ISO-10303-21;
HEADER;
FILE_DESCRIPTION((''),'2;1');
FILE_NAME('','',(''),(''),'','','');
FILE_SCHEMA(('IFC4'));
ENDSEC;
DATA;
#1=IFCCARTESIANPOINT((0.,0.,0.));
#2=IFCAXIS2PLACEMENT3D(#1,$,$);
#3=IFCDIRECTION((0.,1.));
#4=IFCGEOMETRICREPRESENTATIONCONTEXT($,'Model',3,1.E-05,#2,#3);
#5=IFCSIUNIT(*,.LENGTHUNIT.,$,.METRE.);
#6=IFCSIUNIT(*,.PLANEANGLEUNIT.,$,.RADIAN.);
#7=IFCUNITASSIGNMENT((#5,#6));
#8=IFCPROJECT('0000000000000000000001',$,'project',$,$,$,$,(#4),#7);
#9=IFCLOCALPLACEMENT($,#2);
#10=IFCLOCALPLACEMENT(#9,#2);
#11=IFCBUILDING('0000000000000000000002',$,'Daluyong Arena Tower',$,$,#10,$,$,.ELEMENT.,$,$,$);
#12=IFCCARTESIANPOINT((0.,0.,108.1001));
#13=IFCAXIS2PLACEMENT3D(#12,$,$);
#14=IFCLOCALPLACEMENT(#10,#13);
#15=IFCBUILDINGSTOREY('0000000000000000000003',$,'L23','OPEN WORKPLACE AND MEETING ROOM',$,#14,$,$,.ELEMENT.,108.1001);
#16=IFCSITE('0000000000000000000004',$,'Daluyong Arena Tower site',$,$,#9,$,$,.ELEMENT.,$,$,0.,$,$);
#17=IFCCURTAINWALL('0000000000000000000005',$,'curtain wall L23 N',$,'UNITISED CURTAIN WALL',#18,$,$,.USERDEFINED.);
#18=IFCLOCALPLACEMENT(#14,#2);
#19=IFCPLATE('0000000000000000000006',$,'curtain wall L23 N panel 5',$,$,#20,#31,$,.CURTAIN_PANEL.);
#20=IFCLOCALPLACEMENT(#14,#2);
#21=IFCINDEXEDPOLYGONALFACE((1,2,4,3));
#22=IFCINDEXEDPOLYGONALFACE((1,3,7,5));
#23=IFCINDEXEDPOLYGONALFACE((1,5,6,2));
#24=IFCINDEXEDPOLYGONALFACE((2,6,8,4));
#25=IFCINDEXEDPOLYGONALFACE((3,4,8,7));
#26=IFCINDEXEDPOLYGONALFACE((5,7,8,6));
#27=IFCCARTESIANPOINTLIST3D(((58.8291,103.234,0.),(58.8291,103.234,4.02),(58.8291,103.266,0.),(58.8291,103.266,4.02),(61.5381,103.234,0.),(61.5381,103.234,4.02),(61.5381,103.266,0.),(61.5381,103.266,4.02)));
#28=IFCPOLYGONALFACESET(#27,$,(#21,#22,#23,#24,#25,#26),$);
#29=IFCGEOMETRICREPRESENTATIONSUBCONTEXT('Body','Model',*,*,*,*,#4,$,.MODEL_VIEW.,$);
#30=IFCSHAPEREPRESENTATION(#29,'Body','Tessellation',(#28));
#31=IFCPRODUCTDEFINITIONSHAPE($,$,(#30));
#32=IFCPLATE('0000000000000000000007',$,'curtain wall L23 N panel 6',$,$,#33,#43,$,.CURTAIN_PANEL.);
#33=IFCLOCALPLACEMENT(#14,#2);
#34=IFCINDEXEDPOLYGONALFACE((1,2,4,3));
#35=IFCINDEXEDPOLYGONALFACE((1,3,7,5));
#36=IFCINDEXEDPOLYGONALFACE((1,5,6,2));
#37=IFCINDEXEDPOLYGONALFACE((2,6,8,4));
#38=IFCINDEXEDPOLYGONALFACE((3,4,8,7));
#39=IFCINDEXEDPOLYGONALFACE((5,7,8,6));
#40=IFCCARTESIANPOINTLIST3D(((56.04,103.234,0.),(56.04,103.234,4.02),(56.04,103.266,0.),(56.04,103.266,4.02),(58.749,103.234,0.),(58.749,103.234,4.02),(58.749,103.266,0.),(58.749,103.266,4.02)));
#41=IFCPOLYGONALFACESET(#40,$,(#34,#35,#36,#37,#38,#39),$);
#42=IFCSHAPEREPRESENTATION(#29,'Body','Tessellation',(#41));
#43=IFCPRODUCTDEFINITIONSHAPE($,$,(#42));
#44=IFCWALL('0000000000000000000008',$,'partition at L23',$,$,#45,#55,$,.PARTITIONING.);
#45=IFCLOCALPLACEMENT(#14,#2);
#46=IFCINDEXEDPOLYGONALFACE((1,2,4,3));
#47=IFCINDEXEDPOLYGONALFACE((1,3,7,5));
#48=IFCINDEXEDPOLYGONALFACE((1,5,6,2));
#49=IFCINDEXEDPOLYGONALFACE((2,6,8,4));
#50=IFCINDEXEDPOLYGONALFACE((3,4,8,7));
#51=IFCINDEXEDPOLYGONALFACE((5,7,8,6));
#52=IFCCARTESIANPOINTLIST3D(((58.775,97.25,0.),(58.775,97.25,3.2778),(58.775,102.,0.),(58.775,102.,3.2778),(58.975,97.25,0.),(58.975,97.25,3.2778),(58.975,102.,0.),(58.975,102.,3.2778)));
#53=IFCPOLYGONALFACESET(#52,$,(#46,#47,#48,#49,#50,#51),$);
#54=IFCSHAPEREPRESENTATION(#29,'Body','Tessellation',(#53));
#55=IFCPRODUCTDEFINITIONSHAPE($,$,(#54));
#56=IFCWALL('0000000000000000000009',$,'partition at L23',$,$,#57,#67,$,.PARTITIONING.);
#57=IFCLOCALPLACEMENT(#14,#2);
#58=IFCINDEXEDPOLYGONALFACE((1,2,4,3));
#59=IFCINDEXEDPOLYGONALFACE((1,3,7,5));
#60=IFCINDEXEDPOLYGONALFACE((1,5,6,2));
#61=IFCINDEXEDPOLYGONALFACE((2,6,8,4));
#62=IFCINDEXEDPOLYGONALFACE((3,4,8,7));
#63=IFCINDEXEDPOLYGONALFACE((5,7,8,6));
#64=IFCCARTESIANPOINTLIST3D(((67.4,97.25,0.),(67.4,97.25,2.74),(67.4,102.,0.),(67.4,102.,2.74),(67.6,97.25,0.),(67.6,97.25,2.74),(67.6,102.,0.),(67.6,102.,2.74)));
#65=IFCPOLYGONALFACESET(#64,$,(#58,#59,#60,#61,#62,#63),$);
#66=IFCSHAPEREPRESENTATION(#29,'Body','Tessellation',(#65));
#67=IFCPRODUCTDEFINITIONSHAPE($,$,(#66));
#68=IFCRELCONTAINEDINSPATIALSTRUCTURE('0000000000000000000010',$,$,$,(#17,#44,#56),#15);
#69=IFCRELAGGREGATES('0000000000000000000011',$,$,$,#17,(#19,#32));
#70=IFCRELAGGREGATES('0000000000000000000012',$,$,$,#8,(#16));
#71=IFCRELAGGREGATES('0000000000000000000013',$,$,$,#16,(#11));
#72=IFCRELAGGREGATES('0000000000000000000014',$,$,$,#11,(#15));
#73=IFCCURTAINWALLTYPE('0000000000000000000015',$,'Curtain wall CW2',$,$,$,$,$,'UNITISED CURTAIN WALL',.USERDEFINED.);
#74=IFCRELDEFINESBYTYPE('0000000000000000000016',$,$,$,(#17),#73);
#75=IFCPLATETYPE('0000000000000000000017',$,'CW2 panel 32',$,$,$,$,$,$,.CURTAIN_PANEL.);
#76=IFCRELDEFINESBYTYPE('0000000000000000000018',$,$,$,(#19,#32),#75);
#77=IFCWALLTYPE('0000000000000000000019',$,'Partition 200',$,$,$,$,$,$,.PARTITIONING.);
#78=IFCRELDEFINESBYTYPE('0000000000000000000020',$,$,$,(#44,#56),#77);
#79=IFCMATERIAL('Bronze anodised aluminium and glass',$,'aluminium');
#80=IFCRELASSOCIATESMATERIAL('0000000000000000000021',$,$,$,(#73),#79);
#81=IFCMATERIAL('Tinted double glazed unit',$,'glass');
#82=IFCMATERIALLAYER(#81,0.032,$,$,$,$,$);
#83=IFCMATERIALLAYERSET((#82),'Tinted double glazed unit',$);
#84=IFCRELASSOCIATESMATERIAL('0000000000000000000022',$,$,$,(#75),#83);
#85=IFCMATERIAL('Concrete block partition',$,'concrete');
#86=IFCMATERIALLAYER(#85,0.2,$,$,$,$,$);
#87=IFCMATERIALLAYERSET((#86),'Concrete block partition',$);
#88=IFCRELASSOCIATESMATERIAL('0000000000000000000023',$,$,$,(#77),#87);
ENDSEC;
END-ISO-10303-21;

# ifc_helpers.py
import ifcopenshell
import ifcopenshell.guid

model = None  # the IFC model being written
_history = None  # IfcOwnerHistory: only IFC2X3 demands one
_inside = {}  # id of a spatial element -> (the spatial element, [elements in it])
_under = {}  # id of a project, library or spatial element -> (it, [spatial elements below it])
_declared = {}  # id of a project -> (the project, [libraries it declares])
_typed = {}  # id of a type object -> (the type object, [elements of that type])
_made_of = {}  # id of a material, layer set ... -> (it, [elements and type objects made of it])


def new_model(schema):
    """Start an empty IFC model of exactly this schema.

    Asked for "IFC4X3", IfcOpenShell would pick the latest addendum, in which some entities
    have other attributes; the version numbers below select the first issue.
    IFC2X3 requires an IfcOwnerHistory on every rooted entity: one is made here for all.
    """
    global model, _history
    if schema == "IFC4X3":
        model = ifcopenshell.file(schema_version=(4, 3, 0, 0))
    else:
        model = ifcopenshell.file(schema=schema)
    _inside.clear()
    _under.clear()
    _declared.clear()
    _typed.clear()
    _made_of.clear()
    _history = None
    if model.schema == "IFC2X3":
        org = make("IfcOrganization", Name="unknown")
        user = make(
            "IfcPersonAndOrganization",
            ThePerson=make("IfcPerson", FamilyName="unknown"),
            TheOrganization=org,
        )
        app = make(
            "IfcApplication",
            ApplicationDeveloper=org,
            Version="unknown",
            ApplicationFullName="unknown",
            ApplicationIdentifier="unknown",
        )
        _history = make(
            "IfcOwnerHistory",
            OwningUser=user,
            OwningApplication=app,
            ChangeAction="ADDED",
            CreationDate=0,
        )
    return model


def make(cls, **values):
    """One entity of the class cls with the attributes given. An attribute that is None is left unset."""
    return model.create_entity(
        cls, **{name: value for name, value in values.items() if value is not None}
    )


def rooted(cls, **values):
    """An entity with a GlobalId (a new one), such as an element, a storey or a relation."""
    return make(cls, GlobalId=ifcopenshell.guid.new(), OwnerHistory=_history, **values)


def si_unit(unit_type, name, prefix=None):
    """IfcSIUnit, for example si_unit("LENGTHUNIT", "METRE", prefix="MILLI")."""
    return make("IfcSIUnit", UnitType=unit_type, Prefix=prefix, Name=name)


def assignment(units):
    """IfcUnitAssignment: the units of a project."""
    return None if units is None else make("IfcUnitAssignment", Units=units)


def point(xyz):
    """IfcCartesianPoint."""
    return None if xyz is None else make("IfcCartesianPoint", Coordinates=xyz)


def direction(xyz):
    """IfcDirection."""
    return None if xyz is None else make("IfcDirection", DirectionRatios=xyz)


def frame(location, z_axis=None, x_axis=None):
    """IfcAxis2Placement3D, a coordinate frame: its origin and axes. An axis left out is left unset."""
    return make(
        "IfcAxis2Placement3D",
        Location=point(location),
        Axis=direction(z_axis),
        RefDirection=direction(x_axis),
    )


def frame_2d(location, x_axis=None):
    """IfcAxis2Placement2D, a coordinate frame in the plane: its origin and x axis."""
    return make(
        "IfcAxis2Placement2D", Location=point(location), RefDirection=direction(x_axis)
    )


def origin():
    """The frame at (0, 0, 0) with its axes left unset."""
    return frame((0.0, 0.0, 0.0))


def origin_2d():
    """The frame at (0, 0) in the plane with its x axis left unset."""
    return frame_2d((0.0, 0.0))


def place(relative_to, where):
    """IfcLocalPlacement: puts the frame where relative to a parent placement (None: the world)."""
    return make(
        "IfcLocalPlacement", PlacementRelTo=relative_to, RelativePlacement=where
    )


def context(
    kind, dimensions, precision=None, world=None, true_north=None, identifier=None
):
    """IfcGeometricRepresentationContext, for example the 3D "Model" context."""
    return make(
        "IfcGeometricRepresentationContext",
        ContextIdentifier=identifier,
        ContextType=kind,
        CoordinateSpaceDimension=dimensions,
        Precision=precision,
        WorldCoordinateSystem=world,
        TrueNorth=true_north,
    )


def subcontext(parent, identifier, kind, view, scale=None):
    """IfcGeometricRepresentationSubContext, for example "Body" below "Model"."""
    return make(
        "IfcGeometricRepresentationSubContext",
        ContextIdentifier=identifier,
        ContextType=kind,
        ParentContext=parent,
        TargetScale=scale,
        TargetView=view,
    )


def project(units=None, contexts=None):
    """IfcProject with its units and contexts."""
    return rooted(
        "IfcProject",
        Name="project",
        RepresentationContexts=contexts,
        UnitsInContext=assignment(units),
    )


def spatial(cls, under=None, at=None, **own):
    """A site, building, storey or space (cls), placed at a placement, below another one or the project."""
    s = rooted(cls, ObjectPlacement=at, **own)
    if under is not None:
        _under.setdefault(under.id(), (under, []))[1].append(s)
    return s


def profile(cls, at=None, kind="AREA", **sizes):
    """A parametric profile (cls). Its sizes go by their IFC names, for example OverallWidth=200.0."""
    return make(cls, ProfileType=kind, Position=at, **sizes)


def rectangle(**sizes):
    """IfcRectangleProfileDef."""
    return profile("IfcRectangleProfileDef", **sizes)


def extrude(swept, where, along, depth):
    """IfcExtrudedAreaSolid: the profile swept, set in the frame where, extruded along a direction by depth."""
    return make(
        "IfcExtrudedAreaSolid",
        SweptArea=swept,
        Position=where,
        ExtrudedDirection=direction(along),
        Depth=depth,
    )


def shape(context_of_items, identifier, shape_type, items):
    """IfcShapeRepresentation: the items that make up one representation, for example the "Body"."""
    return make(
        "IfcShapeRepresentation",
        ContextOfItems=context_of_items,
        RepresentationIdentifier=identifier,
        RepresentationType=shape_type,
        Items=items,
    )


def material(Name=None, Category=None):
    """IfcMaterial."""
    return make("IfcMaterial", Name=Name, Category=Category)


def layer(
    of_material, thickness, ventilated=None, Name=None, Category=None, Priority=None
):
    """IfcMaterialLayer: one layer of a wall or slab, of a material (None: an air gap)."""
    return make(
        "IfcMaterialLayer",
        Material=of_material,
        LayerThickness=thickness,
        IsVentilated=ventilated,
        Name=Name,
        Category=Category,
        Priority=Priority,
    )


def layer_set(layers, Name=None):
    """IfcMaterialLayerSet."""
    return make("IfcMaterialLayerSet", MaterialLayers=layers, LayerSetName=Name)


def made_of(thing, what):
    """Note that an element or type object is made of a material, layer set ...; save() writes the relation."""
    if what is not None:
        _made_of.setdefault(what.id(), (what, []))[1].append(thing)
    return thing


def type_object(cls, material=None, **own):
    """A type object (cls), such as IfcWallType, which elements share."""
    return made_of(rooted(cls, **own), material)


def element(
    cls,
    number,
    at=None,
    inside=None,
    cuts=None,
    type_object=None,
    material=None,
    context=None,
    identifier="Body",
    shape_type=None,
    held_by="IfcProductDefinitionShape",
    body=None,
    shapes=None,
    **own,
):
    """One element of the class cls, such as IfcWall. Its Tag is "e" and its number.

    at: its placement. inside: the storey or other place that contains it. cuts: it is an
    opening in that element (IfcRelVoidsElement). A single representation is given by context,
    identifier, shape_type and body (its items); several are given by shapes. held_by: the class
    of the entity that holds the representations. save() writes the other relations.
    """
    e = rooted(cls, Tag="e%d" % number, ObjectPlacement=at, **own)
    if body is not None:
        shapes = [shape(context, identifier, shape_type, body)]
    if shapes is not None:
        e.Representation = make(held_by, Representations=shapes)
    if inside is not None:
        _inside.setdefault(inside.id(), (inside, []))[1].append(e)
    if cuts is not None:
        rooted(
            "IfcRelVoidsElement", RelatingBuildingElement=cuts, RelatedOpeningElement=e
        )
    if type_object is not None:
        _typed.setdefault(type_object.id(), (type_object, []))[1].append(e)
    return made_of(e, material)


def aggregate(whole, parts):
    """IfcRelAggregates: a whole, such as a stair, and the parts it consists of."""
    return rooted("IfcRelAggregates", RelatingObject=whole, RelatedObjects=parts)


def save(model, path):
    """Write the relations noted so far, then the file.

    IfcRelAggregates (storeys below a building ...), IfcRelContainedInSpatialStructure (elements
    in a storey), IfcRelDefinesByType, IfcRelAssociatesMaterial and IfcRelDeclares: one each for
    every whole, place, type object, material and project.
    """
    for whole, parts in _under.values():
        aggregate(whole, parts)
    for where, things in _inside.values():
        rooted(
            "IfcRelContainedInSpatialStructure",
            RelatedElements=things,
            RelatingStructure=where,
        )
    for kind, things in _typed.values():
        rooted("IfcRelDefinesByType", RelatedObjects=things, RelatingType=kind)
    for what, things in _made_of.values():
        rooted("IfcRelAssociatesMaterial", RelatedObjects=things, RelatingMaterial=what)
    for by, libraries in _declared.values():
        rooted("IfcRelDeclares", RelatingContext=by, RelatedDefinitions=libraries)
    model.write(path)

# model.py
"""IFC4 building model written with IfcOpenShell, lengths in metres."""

from ifc_helpers import new_model, si_unit, direction, frame, frame_2d, origin, origin_2d, place, context, subcontext, project, spatial, rectangle, extrude, material, layer, layer_set, type_object, element, aggregate, save


model = new_model("IFC4")

# Units and contexts
model_context = context("Model", 3, precision=1e-05, world=origin(), true_north=direction((0.0, 1.0)))
body_context = subcontext(model_context, "Body", "Model", "MODEL_VIEW")
ifc_project = project(units=[si_unit("LENGTHUNIT", "METRE"), si_unit("PLANEANGLEUNIT", "RADIAN")], contexts=[model_context])

# Site, building, storey
site_placement = place(None, origin())
site = spatial("IfcSite", under=ifc_project, at=site_placement, Name="Daluyong Arena Tower site", CompositionType="ELEMENT", RefElevation=0.0)
building_placement = place(site_placement, origin())
building = spatial("IfcBuilding", under=site, at=building_placement, Name="Daluyong Arena Tower", CompositionType="ELEMENT")
storey_placement = place(building_placement, frame((0.0, 0.0, 108.1001)))
storey = spatial("IfcBuildingStorey", under=building, at=storey_placement, Name="L23", Description="OPEN WORKPLACE AND MEETING ROOM", CompositionType="ELEMENT", Elevation=108.1001)

# Curtain wall
ifc_material_1 = material(Name="Bronze anodised aluminium and glass", Category="aluminium")
curtain_wall_type = type_object("IfcCurtainWallType", Name="Curtain wall CW2", ElementType="UNITISED CURTAIN WALL", PredefinedType="USERDEFINED", material=ifc_material_1)
curtain_wall_placement = place(storey_placement, origin())
curtain_wall = element("IfcCurtainWall", 1, at=curtain_wall_placement, inside=storey, type_object=curtain_wall_type, Name="curtain wall L23 N", ObjectType="UNITISED CURTAIN WALL", PredefinedType="USERDEFINED")

# Plates
ifc_material_2 = material(Name="Tinted double glazed unit", Category="glass")
ifc_layer_1 = layer(ifc_material_2, 0.032)
ifc_layer_set_1 = layer_set([ifc_layer_1], Name="Tinted double glazed unit")
plate_type = type_object("IfcPlateType", Name="CW2 panel 32", PredefinedType="CURTAIN_PANEL", material=ifc_layer_set_1)
plate_1_placement = place(storey_placement, frame((60.1836, 103.25, 0.0), z_axis=(0.0, 0.0, 1.0), x_axis=(-1.0, 0.0, 0.0)))
plate_1 = element("IfcPlate", 2, at=plate_1_placement, type_object=plate_type, Name="curtain wall L23 N panel 5", PredefinedType="CURTAIN_PANEL", context=body_context, shape_type="SweptSolid", body=[
    extrude(rectangle(XDim=2.709, YDim=0.032, at=origin_2d()), origin(), (0.0, 0.0, 1.0), 4.02),
])
plate_2_placement = place(storey_placement, frame((57.3945, 103.25, 0.0), z_axis=(0.0, 0.0, 1.0), x_axis=(-1.0, 0.0, 0.0)))
plate_2 = element("IfcPlate", 3, at=plate_2_placement, type_object=plate_type, Name="curtain wall L23 N panel 6", PredefinedType="CURTAIN_PANEL", context=body_context, shape_type="SweptSolid", body=[
    extrude(rectangle(XDim=2.709, YDim=0.032, at=origin_2d()), origin(), (0.0, 0.0, 1.0), 4.02),
])
aggregate(curtain_wall, [plate_1, plate_2])

# Walls
ifc_material_3 = material(Name="Concrete block partition", Category="concrete")
ifc_layer_2 = layer(ifc_material_3, 0.2)
ifc_layer_set_2 = layer_set([ifc_layer_2], Name="Concrete block partition")
wall_type = type_object("IfcWallType", Name="Partition 200", PredefinedType="PARTITIONING", material=ifc_layer_set_2)
wall_1_placement = place(storey_placement, frame((58.875, 97.25, 0.0), z_axis=(0.0, 0.0, 1.0), x_axis=(0.0, 1.0, 0.0)))
element("IfcWall", 4, at=wall_1_placement, inside=storey, type_object=wall_type, Name="partition at L23", PredefinedType="PARTITIONING", context=body_context, shape_type="SweptSolid", body=[
    extrude(rectangle(XDim=4.75, YDim=0.2, at=frame_2d((2.375, 0.0))), origin(), (0.0, 0.0, 1.0), 3.2778),
])
wall_2_placement = place(storey_placement, frame((67.5, 97.25, 0.0), z_axis=(0.0, 0.0, 1.0), x_axis=(0.0, 1.0, 0.0)))
element("IfcWall", 5, at=wall_2_placement, inside=storey, type_object=wall_type, Name="partition at L23", PredefinedType="PARTITIONING", context=body_context, shape_type="SweptSolid", body=[
    extrude(rectangle(XDim=4.75, YDim=0.2, at=frame_2d((2.375, 0.0))), origin(), (0.0, 0.0, 1.0), 2.74),
])

save(model, "model.ifc")
